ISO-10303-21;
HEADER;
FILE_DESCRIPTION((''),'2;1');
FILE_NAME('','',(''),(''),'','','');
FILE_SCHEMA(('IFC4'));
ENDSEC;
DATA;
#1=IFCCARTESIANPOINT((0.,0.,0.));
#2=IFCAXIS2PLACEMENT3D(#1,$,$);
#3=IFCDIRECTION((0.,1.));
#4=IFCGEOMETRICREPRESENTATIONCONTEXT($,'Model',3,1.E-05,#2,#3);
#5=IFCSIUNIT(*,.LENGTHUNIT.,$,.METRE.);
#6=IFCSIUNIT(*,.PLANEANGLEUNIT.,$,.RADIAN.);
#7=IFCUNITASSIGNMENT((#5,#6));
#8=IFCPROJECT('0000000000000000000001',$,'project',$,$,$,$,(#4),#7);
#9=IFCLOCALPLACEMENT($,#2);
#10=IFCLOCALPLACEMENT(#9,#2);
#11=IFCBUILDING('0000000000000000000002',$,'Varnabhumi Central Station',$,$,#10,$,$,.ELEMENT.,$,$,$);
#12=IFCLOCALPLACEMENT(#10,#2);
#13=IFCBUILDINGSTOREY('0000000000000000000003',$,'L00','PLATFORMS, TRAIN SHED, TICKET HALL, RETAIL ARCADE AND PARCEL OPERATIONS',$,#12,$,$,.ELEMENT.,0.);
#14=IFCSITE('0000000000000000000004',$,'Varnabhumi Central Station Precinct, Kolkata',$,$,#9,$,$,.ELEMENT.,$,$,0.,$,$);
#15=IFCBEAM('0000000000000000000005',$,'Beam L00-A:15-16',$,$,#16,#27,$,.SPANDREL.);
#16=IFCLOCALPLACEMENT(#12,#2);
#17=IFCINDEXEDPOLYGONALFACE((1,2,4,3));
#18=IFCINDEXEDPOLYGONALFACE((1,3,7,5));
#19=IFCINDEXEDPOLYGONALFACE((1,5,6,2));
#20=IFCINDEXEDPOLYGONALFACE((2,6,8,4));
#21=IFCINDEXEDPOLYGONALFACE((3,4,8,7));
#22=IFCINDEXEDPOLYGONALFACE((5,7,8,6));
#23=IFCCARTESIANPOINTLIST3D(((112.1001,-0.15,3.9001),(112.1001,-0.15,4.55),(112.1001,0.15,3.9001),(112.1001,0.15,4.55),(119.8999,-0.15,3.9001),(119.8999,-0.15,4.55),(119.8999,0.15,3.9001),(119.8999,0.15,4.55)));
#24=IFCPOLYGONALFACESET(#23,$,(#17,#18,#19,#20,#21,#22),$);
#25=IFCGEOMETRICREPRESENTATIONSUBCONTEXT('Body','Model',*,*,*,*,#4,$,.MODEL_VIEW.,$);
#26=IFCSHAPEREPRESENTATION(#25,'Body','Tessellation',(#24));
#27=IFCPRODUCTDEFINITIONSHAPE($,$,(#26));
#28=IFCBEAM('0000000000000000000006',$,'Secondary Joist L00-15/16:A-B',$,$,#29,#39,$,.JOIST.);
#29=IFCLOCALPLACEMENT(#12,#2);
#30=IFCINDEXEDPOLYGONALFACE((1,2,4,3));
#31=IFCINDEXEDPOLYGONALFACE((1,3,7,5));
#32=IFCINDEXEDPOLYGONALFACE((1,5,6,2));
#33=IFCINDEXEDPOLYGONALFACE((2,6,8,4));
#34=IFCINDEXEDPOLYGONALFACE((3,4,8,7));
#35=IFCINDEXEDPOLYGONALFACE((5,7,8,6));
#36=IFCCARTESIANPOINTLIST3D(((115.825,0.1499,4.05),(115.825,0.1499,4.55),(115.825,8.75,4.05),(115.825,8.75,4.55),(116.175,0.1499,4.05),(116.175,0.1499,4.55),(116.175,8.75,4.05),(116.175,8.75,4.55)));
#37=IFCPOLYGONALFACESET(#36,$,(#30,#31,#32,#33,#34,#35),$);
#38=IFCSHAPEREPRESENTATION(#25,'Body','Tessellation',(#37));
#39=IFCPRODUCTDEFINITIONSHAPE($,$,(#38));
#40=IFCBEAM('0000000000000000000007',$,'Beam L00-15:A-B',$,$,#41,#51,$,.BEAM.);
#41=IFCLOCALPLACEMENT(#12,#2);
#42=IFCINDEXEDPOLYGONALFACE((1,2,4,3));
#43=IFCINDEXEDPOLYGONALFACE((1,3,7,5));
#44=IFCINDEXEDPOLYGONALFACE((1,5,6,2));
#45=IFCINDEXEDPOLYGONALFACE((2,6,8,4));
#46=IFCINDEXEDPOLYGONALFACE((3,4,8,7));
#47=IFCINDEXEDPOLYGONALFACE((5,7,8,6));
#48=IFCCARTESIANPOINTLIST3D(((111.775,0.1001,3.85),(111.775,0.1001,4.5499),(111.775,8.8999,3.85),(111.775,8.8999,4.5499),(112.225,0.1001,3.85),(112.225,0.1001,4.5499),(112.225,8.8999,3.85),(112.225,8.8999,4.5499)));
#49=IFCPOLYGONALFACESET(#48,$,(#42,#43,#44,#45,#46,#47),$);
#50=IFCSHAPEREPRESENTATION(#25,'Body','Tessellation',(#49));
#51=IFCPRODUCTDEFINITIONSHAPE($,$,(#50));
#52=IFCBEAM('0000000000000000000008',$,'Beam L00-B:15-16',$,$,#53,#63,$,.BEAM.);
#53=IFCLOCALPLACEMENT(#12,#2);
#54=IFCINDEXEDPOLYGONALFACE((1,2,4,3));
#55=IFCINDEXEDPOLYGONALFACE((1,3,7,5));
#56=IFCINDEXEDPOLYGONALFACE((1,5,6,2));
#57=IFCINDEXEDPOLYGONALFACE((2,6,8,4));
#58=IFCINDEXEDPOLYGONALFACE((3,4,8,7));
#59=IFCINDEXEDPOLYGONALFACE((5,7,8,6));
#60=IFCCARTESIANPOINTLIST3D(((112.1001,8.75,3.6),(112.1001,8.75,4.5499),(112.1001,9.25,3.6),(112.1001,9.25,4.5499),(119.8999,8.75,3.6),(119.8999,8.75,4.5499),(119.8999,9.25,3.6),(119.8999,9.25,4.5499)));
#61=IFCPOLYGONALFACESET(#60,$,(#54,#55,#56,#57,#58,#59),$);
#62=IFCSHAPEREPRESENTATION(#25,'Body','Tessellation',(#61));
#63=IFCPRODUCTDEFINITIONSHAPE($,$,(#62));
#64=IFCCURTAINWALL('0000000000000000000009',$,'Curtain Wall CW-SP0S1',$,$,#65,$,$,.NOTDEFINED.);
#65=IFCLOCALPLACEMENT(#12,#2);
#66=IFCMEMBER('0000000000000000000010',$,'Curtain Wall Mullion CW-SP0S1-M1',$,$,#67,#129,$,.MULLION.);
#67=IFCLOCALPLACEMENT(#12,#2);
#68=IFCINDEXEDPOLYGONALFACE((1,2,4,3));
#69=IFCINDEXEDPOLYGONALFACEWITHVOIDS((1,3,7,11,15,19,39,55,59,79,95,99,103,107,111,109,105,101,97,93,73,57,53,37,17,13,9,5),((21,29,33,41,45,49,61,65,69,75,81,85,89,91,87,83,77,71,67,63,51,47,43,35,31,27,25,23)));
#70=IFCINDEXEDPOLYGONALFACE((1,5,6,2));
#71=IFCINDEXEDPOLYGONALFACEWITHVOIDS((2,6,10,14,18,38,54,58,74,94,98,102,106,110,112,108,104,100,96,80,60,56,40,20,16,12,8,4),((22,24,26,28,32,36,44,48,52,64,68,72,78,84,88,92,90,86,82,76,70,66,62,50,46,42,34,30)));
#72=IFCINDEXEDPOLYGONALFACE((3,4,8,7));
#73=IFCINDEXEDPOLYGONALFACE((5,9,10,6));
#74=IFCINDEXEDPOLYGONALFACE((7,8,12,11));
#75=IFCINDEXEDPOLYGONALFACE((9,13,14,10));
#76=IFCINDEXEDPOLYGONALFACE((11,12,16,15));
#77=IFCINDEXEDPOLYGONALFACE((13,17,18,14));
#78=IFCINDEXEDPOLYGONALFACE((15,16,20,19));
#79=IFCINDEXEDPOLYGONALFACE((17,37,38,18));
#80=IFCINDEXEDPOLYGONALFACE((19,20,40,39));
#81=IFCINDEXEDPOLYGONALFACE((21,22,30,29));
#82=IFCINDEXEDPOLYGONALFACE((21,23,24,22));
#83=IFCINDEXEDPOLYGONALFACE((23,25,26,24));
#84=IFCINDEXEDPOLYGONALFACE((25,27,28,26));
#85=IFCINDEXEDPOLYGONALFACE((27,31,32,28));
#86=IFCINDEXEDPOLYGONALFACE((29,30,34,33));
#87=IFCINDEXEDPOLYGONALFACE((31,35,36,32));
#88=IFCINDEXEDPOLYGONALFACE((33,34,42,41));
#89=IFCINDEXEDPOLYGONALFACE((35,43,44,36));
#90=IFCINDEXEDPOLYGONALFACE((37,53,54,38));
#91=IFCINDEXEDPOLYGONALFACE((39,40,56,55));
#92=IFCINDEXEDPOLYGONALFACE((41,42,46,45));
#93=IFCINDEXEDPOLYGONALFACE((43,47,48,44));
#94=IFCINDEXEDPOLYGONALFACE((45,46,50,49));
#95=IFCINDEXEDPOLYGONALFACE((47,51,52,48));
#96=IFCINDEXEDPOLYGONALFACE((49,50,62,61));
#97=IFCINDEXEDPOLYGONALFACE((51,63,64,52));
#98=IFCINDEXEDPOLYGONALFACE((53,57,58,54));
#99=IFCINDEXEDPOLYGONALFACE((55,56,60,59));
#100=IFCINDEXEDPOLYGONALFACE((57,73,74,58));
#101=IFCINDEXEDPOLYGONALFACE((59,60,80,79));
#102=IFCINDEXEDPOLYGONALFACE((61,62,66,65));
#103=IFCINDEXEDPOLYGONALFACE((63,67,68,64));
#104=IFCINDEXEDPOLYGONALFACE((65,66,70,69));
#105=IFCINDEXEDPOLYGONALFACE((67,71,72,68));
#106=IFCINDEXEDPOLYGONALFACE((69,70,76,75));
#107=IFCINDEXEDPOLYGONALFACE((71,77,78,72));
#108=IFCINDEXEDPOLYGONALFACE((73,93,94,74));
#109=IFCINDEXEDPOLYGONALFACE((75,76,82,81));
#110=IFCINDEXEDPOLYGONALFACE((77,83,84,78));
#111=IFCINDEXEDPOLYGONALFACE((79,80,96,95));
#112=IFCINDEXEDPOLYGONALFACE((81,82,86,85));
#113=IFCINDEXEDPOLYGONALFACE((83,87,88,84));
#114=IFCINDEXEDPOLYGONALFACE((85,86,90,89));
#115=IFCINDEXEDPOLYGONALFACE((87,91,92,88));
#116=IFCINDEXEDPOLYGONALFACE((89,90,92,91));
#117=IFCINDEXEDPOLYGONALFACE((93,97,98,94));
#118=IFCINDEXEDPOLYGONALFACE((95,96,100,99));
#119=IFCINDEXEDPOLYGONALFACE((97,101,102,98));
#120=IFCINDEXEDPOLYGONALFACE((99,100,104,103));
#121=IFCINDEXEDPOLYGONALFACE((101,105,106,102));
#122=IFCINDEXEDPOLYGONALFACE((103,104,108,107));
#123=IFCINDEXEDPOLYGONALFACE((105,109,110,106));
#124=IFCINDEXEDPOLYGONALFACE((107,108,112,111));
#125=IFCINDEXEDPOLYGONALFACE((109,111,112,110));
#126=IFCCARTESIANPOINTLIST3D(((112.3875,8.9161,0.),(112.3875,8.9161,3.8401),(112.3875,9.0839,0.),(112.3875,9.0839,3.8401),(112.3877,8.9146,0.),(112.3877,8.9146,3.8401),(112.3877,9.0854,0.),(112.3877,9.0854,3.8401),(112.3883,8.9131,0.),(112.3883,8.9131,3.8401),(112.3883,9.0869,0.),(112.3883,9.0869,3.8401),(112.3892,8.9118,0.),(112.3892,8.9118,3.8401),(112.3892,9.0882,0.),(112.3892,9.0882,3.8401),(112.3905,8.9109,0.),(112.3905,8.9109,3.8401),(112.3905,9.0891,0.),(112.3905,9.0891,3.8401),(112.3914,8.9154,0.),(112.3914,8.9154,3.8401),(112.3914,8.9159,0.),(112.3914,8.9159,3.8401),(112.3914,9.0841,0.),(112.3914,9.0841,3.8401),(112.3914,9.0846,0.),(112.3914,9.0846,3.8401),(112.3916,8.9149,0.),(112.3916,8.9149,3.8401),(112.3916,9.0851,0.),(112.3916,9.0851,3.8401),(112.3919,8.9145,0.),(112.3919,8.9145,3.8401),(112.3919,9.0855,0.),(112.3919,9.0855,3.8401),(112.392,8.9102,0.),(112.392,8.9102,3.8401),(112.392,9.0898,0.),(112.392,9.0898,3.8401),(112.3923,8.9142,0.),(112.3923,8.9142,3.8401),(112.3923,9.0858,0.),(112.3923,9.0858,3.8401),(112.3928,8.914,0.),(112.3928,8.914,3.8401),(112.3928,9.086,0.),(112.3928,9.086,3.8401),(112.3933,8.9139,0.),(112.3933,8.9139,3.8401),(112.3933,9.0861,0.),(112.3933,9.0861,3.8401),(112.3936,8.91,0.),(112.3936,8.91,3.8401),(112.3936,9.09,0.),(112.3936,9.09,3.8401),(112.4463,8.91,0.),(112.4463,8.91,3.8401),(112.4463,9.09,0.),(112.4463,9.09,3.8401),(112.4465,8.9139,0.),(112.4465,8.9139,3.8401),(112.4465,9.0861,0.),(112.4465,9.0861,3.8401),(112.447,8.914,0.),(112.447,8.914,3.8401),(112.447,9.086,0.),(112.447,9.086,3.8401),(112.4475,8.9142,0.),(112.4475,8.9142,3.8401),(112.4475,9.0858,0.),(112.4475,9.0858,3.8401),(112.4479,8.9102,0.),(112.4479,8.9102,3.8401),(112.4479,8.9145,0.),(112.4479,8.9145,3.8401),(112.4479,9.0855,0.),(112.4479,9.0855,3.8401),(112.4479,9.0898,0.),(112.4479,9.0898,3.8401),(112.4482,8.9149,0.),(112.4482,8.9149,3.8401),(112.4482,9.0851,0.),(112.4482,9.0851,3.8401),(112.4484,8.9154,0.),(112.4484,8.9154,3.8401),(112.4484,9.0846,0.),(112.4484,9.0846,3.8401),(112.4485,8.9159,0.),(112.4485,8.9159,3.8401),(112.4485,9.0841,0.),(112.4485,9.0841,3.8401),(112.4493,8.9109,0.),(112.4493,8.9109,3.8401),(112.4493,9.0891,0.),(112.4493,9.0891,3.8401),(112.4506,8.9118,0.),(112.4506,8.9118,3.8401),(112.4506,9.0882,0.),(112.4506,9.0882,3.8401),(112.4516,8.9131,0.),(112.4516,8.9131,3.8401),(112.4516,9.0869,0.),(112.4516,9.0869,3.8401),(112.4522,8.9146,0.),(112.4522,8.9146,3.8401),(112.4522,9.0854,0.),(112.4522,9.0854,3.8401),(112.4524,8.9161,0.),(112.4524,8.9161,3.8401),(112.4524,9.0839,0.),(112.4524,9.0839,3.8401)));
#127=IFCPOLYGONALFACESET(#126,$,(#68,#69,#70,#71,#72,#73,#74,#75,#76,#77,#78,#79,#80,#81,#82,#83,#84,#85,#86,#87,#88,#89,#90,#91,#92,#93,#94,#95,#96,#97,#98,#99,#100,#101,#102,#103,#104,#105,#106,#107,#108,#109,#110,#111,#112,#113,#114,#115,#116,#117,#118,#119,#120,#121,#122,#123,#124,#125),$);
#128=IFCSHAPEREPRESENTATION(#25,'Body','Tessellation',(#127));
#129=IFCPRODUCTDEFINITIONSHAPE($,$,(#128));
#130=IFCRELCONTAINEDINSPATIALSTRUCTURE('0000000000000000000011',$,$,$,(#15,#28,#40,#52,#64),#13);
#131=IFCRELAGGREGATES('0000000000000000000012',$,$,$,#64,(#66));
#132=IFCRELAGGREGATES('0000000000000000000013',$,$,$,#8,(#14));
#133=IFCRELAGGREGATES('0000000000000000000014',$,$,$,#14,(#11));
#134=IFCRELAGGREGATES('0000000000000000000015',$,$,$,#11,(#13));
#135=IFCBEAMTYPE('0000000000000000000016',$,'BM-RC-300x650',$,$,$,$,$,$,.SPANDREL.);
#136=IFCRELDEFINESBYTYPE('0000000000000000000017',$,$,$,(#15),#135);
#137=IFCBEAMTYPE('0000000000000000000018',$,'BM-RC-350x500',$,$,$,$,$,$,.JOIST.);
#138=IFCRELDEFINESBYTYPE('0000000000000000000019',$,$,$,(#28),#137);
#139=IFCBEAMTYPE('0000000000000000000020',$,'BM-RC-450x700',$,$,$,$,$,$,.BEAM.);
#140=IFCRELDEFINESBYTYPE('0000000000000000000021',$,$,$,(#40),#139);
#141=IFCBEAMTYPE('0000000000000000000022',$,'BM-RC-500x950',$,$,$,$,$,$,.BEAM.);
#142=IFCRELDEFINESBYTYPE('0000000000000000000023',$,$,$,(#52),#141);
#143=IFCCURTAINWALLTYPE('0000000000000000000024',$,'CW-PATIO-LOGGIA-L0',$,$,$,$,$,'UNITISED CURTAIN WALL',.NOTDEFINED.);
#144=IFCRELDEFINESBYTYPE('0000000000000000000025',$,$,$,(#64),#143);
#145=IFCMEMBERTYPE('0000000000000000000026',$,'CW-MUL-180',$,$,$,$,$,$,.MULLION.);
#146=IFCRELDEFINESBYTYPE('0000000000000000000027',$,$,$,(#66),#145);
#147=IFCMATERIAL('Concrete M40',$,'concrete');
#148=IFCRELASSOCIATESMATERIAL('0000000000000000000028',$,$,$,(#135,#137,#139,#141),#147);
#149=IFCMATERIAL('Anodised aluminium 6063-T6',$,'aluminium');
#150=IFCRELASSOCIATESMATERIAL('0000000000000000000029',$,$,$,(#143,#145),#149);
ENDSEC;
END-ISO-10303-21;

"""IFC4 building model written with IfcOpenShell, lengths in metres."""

from ifc_helpers import new_model, si_unit, direction, frame, origin, origin_2d, place, context, subcontext, project, spatial, rectangle, hollow_rectangle, extrude, material, material_profile, profile_set, type_object, element, aggregate, save


model = new_model("IFC4")

# Units and contexts
model_context = context("Model", 3, precision=1e-05, world=origin(), true_north=direction((0.0, 1.0)))
body_context = subcontext(model_context, "Body", "Model", "MODEL_VIEW")
ifc_project = project(units=[si_unit("LENGTHUNIT", "METRE"), si_unit("PLANEANGLEUNIT", "RADIAN")], contexts=[model_context])

# Site, building, storey
site_placement = place(None, origin())
site = spatial("IfcSite", under=ifc_project, at=site_placement, Name="Varnabhumi Central Station Precinct, Kolkata", CompositionType="ELEMENT", RefElevation=0.0)
building_placement = place(site_placement, origin())
building = spatial("IfcBuilding", under=site, at=building_placement, Name="Varnabhumi Central Station", CompositionType="ELEMENT")
storey_placement = place(building_placement, origin())
storey = spatial("IfcBuildingStorey", under=building, at=storey_placement, Name="L00", Description="PLATFORMS, TRAIN SHED, TICKET HALL, RETAIL ARCADE AND PARCEL OPERATIONS", CompositionType="ELEMENT", Elevation=0.0)

# Shared definitions
ifc_material_1 = material(Name="Concrete M40", Category="concrete")

# Beams
ifc_material_profile_1 = material_profile(ifc_material_1, rectangle(XDim=0.3, YDim=0.6499, at=origin_2d()), Name="Concrete M40", Category="concrete")
ifc_profile_set_1 = profile_set([ifc_material_profile_1], Name="Concrete M40")
beam_type_1 = type_object("IfcBeamType", Name="BM-RC-300x650", PredefinedType="SPANDREL", material=ifc_profile_set_1)
beam_1_placement = place(storey_placement, frame((112.1001, 0.0, 4.2251), z_axis=(1.0, 0.0, 0.0), x_axis=(0.0, 1.0, 0.0)))
element("IfcBeam", 1, at=beam_1_placement, inside=storey, type_object=beam_type_1, Name="Beam L00-A:15-16", PredefinedType="SPANDREL", context=body_context, shape_type="SweptSolid", body=[
    extrude(rectangle(XDim=0.3, YDim=0.6499, at=origin_2d()), origin(), (0.0, 0.0, 1.0), 7.7998),
])
ifc_material_profile_2 = material_profile(ifc_material_1, rectangle(XDim=0.3501, YDim=0.5, at=origin_2d()), Name="Concrete M40", Category="concrete")
ifc_profile_set_2 = profile_set([ifc_material_profile_2], Name="Concrete M40")
beam_type_2 = type_object("IfcBeamType", Name="BM-RC-350x500", PredefinedType="JOIST", material=ifc_profile_set_2)
beam_2_placement = place(storey_placement, frame((116.0, 0.1499, 4.3), z_axis=(0.0, 1.0, 0.0), x_axis=(-1.0, 0.0, 0.0)))
element("IfcBeam", 2, at=beam_2_placement, inside=storey, type_object=beam_type_2, Name="Secondary Joist L00-15/16:A-B", PredefinedType="JOIST", context=body_context, shape_type="SweptSolid", body=[
    extrude(rectangle(XDim=0.3501, YDim=0.5, at=origin_2d()), origin(), (0.0, 0.0, 1.0), 8.6001),
])
ifc_material_profile_3 = material_profile(ifc_material_1, rectangle(XDim=0.45, YDim=0.7, at=origin_2d()), Name="Concrete M40", Category="concrete")
ifc_profile_set_3 = profile_set([ifc_material_profile_3], Name="Concrete M40")
beam_type_3 = type_object("IfcBeamType", Name="BM-RC-450x700", PredefinedType="BEAM", material=ifc_profile_set_3)
beam_3_placement = place(storey_placement, frame((112.0, 0.1001, 4.2), z_axis=(0.0, 1.0, 0.0), x_axis=(-1.0, 0.0, 0.0)))
element("IfcBeam", 3, at=beam_3_placement, inside=storey, type_object=beam_type_3, Name="Beam L00-15:A-B", PredefinedType="BEAM", context=body_context, shape_type="SweptSolid", body=[
    extrude(rectangle(XDim=0.45, YDim=0.7, at=origin_2d()), origin(), (0.0, 0.0, 1.0), 8.7998),
])
ifc_material_profile_4 = material_profile(ifc_material_1, rectangle(XDim=0.5, YDim=0.95, at=origin_2d()), Name="Concrete M40", Category="concrete")
ifc_profile_set_4 = profile_set([ifc_material_profile_4], Name="Concrete M40")
beam_type_4 = type_object("IfcBeamType", Name="BM-RC-500x950", PredefinedType="BEAM", material=ifc_profile_set_4)
beam_4_placement = place(storey_placement, frame((112.1001, 9.0, 4.075), z_axis=(1.0, 0.0, 0.0), x_axis=(0.0, 1.0, 0.0)))
element("IfcBeam", 4, at=beam_4_placement, inside=storey, type_object=beam_type_4, Name="Beam L00-B:15-16", PredefinedType="BEAM", context=body_context, shape_type="SweptSolid", body=[
    extrude(rectangle(XDim=0.5, YDim=0.95, at=origin_2d()), origin(), (0.0, 0.0, 1.0), 7.7998),
])

# Curtain wall, member
ifc_material_2 = material(Name="Anodised aluminium 6063-T6", Category="aluminium")
curtain_wall_type = type_object("IfcCurtainWallType", Name="CW-PATIO-LOGGIA-L0", ElementType="UNITISED CURTAIN WALL", PredefinedType="NOTDEFINED", material=ifc_material_2)
curtain_wall_placement = place(storey_placement, origin())
curtain_wall = element("IfcCurtainWall", 5, at=curtain_wall_placement, inside=storey, type_object=curtain_wall_type, Name="Curtain Wall CW-SP0S1", PredefinedType="NOTDEFINED")
ifc_material_profile_5 = material_profile(ifc_material_2, hollow_rectangle(XDim=0.0649, YDim=0.1799, WallThickness=0.0039, InnerFilletRadius=0.002, OuterFilletRadius=0.0061, at=origin_2d()), Name="Anodised aluminium 6063-T6", Category="aluminium")
ifc_profile_set_5 = profile_set([ifc_material_profile_5], Name="Anodised aluminium 6063-T6")
member_type_1 = type_object("IfcMemberType", Name="CW-MUL-180", PredefinedType="MULLION", material=ifc_profile_set_5)
member_1_placement = place(storey_placement, frame((112.4199, 9.0, 0.0), z_axis=(0.0, 0.0, 1.0), x_axis=(1.0, 0.0, 0.0)))
member_1 = element("IfcMember", 6, at=member_1_placement, type_object=member_type_1, Name="Curtain Wall Mullion CW-SP0S1-M1", PredefinedType="MULLION", context=body_context, shape_type="SweptSolid", body=[
    extrude(hollow_rectangle(XDim=0.0649, YDim=0.1799, WallThickness=0.0039, InnerFilletRadius=0.002, OuterFilletRadius=0.0061, at=origin_2d()), origin(), (0.0, 0.0, 1.0), 3.8401),
])

aggregate(curtain_wall, [member_1])

save(model, "model.ifc")
